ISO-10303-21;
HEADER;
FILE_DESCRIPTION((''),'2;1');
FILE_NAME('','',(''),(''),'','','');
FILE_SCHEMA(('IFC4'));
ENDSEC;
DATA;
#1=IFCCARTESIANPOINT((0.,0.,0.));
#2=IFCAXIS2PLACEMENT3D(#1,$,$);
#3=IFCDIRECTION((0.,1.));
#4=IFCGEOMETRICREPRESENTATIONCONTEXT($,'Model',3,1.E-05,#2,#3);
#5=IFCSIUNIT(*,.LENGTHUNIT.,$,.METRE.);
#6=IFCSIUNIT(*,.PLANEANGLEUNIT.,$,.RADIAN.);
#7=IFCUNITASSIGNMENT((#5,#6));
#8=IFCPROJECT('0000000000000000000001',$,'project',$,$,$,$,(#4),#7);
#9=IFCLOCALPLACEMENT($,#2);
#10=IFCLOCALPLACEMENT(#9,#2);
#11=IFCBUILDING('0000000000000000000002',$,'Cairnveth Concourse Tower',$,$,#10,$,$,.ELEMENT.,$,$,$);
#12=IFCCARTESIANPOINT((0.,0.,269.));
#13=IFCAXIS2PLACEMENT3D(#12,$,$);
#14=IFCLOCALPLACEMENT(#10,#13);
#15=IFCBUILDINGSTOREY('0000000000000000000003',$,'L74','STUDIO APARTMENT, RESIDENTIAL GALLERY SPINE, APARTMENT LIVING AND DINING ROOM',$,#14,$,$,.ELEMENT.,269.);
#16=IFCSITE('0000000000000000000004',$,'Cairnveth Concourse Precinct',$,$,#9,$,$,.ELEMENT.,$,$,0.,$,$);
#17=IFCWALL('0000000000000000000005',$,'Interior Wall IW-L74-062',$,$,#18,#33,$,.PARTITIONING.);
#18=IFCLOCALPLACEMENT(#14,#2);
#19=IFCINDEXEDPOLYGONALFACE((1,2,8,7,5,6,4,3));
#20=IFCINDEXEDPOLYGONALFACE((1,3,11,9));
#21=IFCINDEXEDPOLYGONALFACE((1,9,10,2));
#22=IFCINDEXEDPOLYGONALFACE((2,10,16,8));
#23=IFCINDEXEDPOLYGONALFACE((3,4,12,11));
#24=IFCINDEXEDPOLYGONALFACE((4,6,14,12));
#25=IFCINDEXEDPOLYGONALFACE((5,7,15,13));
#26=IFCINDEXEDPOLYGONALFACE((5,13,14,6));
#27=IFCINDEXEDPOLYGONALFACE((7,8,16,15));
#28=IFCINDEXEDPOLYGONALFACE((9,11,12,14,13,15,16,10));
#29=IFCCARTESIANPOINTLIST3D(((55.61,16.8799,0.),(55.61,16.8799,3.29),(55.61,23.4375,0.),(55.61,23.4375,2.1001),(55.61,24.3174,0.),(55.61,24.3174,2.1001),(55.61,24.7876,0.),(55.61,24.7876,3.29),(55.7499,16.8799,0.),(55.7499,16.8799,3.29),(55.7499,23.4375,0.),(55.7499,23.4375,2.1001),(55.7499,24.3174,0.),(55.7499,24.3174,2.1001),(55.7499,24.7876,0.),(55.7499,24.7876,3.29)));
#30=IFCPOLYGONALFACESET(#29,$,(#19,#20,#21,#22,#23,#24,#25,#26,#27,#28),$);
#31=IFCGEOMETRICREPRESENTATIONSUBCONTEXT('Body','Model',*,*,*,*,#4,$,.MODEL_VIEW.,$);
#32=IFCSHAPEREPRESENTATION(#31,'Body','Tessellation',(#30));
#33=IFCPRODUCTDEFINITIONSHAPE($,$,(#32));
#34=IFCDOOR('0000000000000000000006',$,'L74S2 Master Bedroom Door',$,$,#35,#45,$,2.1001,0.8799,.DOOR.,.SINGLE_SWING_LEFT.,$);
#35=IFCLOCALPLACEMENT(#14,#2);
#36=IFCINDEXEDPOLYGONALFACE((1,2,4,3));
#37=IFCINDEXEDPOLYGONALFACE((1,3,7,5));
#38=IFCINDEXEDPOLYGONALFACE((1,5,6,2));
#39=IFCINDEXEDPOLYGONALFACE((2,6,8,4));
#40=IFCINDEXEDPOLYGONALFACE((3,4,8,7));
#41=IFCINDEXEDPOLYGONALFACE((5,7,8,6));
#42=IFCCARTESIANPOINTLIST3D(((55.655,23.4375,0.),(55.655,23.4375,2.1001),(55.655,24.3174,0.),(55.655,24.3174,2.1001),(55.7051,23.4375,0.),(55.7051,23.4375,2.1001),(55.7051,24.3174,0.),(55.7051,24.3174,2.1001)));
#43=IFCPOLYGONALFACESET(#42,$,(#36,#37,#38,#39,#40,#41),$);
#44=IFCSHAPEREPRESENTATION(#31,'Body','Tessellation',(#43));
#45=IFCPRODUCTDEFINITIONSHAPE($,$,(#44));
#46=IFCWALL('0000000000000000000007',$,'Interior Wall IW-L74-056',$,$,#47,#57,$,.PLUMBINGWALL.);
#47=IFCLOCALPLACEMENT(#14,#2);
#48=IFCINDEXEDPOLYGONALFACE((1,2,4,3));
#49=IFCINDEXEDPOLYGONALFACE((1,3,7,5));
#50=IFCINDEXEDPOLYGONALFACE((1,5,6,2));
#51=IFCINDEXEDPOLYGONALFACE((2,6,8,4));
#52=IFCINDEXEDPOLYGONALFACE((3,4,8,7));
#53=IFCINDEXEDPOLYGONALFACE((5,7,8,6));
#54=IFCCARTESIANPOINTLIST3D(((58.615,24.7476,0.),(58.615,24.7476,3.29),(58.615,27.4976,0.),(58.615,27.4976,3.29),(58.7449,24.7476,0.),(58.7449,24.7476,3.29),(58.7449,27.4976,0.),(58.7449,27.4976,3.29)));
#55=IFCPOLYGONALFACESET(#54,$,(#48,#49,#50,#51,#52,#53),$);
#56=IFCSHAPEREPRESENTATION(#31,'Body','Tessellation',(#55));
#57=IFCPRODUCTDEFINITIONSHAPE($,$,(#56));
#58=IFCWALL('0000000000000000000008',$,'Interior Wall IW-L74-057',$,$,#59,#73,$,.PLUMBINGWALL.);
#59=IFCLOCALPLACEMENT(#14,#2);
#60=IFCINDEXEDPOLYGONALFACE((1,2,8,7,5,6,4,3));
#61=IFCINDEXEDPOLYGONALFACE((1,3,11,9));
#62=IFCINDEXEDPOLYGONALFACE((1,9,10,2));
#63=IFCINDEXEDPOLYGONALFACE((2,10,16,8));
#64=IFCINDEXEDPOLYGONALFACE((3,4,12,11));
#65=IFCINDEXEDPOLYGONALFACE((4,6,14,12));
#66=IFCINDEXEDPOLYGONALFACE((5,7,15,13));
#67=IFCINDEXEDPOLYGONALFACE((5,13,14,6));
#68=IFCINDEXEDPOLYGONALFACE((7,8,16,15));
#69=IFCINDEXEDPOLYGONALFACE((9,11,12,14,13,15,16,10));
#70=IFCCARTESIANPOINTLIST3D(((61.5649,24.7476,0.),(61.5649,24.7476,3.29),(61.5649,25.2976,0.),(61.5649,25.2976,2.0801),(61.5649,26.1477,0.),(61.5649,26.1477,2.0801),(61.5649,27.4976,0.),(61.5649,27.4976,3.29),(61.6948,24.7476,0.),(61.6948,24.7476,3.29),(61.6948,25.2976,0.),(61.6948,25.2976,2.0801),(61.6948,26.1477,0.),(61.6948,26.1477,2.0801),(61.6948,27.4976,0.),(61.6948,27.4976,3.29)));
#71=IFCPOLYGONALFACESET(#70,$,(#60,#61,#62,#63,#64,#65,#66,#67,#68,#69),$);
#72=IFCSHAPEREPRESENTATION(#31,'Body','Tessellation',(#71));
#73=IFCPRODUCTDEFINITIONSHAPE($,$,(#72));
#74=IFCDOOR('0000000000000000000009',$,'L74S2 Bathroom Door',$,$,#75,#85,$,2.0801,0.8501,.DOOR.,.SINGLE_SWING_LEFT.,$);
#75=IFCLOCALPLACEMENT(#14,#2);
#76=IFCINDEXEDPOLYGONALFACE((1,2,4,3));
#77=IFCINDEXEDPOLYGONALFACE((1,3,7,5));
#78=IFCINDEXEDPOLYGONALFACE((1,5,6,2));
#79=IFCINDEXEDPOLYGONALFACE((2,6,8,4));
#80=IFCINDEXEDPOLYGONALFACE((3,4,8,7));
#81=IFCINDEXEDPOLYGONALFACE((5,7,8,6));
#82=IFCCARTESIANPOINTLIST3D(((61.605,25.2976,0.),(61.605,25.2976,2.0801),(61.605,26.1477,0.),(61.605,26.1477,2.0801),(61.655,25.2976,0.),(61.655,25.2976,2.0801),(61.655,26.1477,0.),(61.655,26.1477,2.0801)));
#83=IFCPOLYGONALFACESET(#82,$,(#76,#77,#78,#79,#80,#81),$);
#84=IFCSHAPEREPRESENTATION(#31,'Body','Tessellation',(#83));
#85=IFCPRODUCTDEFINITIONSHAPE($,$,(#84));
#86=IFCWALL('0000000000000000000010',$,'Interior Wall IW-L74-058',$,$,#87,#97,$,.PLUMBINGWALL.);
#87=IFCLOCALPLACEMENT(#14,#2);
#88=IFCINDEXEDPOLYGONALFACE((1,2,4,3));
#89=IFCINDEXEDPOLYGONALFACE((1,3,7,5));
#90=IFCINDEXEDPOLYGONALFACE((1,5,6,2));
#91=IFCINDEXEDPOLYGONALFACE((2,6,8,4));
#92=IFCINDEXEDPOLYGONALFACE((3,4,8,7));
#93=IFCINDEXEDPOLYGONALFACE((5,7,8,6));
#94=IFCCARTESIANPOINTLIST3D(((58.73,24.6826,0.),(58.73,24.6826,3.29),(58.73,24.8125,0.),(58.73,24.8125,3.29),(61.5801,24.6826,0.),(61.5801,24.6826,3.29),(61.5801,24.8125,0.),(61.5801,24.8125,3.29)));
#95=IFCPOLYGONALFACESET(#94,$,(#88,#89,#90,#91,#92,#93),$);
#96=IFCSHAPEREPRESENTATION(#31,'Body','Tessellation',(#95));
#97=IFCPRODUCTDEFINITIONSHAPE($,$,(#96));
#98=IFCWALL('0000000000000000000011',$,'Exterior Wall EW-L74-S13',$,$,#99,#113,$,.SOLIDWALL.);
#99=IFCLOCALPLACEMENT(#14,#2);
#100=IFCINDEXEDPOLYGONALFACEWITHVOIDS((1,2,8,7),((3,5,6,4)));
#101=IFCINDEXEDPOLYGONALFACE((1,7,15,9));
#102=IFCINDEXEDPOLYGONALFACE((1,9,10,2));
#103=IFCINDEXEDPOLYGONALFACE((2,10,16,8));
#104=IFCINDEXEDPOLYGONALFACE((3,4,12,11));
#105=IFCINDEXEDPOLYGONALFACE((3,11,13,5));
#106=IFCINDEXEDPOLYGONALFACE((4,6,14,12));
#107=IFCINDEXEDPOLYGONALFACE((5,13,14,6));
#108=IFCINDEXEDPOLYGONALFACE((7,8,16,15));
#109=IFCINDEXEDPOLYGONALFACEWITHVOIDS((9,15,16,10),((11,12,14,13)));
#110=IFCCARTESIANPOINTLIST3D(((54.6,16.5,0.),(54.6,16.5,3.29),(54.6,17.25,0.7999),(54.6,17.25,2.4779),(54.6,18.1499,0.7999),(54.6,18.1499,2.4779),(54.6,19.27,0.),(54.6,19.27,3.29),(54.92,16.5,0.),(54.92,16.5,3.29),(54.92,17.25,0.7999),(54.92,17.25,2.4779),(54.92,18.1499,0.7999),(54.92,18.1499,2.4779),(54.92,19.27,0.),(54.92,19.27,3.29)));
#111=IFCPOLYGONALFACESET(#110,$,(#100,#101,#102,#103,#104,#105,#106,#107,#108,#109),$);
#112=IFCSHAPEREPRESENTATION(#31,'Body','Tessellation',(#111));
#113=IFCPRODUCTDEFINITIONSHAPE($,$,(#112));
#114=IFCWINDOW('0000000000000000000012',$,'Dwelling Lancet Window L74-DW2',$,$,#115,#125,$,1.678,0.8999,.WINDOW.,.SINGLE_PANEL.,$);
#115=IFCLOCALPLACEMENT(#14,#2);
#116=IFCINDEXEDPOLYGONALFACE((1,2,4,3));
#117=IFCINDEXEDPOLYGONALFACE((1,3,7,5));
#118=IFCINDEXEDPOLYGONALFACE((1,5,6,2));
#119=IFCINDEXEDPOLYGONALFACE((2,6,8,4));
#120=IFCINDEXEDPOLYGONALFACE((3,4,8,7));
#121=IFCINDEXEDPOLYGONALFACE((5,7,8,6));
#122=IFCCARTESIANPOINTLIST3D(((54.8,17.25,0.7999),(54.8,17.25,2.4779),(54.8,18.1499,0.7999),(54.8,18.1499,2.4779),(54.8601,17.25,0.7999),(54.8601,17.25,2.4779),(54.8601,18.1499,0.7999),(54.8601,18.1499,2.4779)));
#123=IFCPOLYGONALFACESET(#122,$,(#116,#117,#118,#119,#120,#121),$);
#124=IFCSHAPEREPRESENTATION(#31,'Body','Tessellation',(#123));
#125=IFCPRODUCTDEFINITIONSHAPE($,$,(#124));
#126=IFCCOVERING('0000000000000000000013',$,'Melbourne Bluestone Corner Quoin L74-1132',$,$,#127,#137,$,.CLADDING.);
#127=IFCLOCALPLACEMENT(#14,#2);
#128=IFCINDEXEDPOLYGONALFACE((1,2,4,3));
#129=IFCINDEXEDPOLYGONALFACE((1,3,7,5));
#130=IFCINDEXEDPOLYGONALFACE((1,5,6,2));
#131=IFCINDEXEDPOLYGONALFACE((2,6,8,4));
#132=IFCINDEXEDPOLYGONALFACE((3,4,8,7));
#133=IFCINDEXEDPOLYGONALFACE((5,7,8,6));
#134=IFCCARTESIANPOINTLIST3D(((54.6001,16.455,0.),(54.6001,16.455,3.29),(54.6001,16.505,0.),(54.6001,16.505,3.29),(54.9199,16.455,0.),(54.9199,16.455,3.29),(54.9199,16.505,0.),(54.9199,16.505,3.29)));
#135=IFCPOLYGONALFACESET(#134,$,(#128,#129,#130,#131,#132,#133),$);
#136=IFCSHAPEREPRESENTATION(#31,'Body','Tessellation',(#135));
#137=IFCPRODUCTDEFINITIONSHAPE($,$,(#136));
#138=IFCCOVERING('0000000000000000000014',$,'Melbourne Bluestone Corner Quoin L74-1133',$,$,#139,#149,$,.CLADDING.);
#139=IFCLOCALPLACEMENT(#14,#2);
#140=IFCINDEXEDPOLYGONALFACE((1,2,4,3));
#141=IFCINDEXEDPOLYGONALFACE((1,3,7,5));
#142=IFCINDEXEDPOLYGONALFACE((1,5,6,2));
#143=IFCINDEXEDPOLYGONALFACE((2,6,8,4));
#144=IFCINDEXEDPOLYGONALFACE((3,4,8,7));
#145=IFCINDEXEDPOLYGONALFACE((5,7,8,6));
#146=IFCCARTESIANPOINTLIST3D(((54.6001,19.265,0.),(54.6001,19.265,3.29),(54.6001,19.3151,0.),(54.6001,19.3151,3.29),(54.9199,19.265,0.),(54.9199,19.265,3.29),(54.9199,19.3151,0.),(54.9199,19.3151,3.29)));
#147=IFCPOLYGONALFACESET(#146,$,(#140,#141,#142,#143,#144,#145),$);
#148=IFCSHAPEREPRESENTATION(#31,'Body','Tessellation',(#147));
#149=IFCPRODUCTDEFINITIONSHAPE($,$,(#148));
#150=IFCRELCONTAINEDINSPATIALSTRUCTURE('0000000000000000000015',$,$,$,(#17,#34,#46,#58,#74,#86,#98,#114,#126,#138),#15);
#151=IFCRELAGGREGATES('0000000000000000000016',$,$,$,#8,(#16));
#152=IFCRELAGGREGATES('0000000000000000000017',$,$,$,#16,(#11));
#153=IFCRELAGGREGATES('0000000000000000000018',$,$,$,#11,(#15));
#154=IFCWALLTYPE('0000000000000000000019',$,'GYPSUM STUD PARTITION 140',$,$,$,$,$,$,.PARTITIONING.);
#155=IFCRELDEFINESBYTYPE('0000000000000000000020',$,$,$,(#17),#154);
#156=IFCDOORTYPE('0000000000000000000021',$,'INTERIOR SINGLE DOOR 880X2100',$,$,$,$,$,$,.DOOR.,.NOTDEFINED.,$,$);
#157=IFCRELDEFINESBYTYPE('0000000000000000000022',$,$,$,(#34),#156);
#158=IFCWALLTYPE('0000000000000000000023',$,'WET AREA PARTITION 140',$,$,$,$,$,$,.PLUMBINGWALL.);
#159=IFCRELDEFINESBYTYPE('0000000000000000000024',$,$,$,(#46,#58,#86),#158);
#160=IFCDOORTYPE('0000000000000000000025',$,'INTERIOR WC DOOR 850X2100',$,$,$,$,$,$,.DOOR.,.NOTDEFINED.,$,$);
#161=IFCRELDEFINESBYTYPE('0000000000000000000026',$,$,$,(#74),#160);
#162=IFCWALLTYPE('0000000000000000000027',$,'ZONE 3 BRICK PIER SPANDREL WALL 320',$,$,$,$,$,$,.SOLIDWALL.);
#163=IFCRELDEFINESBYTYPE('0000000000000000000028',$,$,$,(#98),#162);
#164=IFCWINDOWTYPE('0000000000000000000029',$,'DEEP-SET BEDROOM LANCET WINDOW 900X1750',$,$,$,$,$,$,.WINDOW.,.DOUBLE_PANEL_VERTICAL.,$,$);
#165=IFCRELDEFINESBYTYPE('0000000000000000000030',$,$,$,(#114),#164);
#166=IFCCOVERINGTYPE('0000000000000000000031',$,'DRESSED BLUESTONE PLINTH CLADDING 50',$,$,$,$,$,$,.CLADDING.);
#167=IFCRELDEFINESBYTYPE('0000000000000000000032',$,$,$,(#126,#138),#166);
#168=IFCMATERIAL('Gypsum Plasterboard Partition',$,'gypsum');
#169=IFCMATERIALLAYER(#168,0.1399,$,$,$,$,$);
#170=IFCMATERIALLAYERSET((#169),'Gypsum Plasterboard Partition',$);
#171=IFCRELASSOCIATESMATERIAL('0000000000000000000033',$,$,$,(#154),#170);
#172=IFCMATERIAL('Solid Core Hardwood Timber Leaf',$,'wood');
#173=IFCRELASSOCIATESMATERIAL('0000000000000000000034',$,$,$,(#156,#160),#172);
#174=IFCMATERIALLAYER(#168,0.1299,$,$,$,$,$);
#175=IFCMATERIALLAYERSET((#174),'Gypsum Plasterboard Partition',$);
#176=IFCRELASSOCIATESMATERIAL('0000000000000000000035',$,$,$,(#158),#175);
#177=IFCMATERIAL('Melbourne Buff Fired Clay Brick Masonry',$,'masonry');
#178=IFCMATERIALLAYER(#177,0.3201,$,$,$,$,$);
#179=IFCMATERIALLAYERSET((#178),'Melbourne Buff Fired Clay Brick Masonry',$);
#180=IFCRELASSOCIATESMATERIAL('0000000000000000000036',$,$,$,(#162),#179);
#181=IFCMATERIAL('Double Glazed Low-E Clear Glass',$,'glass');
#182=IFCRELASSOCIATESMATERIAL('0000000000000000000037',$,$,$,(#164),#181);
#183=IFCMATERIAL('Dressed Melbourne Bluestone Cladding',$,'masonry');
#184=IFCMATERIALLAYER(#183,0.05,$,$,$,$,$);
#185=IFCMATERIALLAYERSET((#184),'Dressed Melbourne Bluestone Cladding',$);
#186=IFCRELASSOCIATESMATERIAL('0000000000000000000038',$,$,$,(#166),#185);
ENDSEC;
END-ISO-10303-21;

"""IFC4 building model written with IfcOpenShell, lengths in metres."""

from ifc_helpers import new_model, si_unit, direction, frame, frame_2d, origin, place, context, subcontext, project, spatial, rectangle, extrude, material, layer, layer_set, type_object, element, fill, save


model = new_model("IFC4")

# Units and contexts
model_context = context("Model", 3, precision=1e-05, world=origin(), true_north=direction((0.0, 1.0)))
body_context = subcontext(model_context, "Body", "Model", "MODEL_VIEW")
ifc_project = project(units=[si_unit("LENGTHUNIT", "METRE"), si_unit("PLANEANGLEUNIT", "RADIAN")], contexts=[model_context])

# Site, building, storey
site_placement = place(None, origin())
site = spatial("IfcSite", under=ifc_project, at=site_placement, Name="Cairnveth Concourse Precinct", CompositionType="ELEMENT", RefElevation=0.0)
building_placement = place(site_placement, origin())
building = spatial("IfcBuilding", under=site, at=building_placement, Name="Cairnveth Concourse Tower", CompositionType="ELEMENT")
storey_placement = place(building_placement, frame((0.0, 0.0, 269.0)))
storey = spatial("IfcBuildingStorey", under=building, at=storey_placement, Name="L74", Description="STUDIO APARTMENT, RESIDENTIAL GALLERY SPINE, APARTMENT LIVING AND DINING ROOM", CompositionType="ELEMENT", Elevation=269.0)

# Shared definitions
ifc_material_1 = material(Name="Gypsum Plasterboard Partition", Category="gypsum")
ifc_material_2 = material(Name="Solid Core Hardwood Timber Leaf", Category="wood")

# Wall, opening, door
ifc_layer_1 = layer(ifc_material_1, 0.1399)
ifc_layer_set_1 = layer_set([ifc_layer_1], Name="Gypsum Plasterboard Partition")
wall_type_1 = type_object("IfcWallType", Name="GYPSUM STUD PARTITION 140", PredefinedType="PARTITIONING", material=ifc_layer_set_1)
wall_1_placement = place(storey_placement, frame((55.6799, 16.8799, 0.0), z_axis=(0.0, 0.0, 1.0), x_axis=(0.0, 1.0, 0.0)))
wall_1 = element("IfcWall", 1, at=wall_1_placement, inside=storey, type_object=wall_type_1, Name="Interior Wall IW-L74-062", PredefinedType="PARTITIONING", context=body_context, shape_type="SweptSolid", body=[
    extrude(rectangle(XDim=7.9077, YDim=0.1399, at=frame_2d((3.9539, 0.0))), origin(), (0.0, 0.0, 1.0), 3.29),
])
opening_1_placement = place(wall_1_placement, frame((6.5576, 0.0, 0.0)))
opening_1 = element("IfcOpeningElement", 2, at=opening_1_placement, cuts=wall_1, PredefinedType="OPENING", context=body_context, shape_type="SweptSolid", body=[
    extrude(rectangle(XDim=0.8799, YDim=2.1001, at=frame_2d((0.4399, 1.05))), frame((0.0, 0.0798, 0.0), z_axis=(0.0, -1.0, 0.0), x_axis=(1.0, 0.0, 0.0)), (0.0, 0.0, 1.0), 0.1599),
])
door_type_1 = type_object("IfcDoorType", Name="INTERIOR SINGLE DOOR 880X2100", OperationType="NOTDEFINED", PredefinedType="DOOR", material=ifc_material_2)
door_1_placement = place(opening_1_placement, origin())
door_1 = element("IfcDoor", 3, at=door_1_placement, inside=storey, type_object=door_type_1, Name="L74S2 Master Bedroom Door", OperationType="SINGLE_SWING_LEFT", OverallHeight=2.1001, OverallWidth=0.8799, PredefinedType="DOOR", context=body_context, shape_type="SweptSolid", body=[
    extrude(rectangle(XDim=0.8799, YDim=2.1001, at=frame_2d((0.4399, 1.05))), frame((0.0, 0.0249, 0.0), z_axis=(0.0, -1.0, 0.0), x_axis=(1.0, 0.0, 0.0)), (0.0, 0.0, 1.0), 0.05),
])
fill(opening_1, door_1)

# Wall
ifc_layer_2 = layer(ifc_material_1, 0.1299)
ifc_layer_set_2 = layer_set([ifc_layer_2], Name="Gypsum Plasterboard Partition")
wall_type_2 = type_object("IfcWallType", Name="WET AREA PARTITION 140", PredefinedType="PLUMBINGWALL", material=ifc_layer_set_2)
wall_2_placement = place(storey_placement, frame((58.6799, 24.7476, 0.0), z_axis=(0.0, 0.0, 1.0), x_axis=(0.0, 1.0, 0.0)))
element("IfcWall", 4, at=wall_2_placement, inside=storey, type_object=wall_type_2, Name="Interior Wall IW-L74-056", PredefinedType="PLUMBINGWALL", context=body_context, shape_type="SweptSolid", body=[
    extrude(rectangle(XDim=2.75, YDim=0.1299, at=frame_2d((1.375, 0.0))), origin(), (0.0, 0.0, 1.0), 3.29),
])

# Wall, opening, door
wall_3_placement = place(storey_placement, frame((61.6299, 24.7476, 0.0), z_axis=(0.0, 0.0, 1.0), x_axis=(0.0, 1.0, 0.0)))
wall_3 = element("IfcWall", 5, at=wall_3_placement, inside=storey, type_object=wall_type_2, Name="Interior Wall IW-L74-057", PredefinedType="PLUMBINGWALL", context=body_context, shape_type="SweptSolid", body=[
    extrude(rectangle(XDim=2.75, YDim=0.1299, at=frame_2d((1.375, 0.0))), origin(), (0.0, 0.0, 1.0), 3.29),
])
opening_2_placement = place(wall_3_placement, frame((0.55, 0.0, 0.0)))
opening_2 = element("IfcOpeningElement", 6, at=opening_2_placement, cuts=wall_3, PredefinedType="OPENING", context=body_context, shape_type="SweptSolid", body=[
    extrude(rectangle(XDim=0.8501, YDim=2.0801, at=frame_2d((0.425, 1.04))), frame((0.0, 0.075, 0.0), z_axis=(0.0, -1.0, 0.0), x_axis=(1.0, 0.0, 0.0)), (0.0, 0.0, 1.0), 0.1499),
])
door_type_2 = type_object("IfcDoorType", Name="INTERIOR WC DOOR 850X2100", OperationType="NOTDEFINED", PredefinedType="DOOR", material=ifc_material_2)
door_2_placement = place(opening_2_placement, origin())
door_2 = element("IfcDoor", 7, at=door_2_placement, inside=storey, type_object=door_type_2, Name="L74S2 Bathroom Door", OperationType="SINGLE_SWING_LEFT", OverallHeight=2.0801, OverallWidth=0.8501, PredefinedType="DOOR", context=body_context, shape_type="SweptSolid", body=[
    extrude(rectangle(XDim=0.8501, YDim=2.0801, at=frame_2d((0.425, 1.04))), frame((0.0, 0.0249, 0.0), z_axis=(0.0, -1.0, 0.0), x_axis=(1.0, 0.0, 0.0)), (0.0, 0.0, 1.0), 0.05),
])
fill(opening_2, door_2)

# Wall
wall_4_placement = place(storey_placement, frame((58.73, 24.7476, 0.0), z_axis=(0.0, 0.0, 1.0), x_axis=(1.0, 0.0, 0.0)))
element("IfcWall", 8, at=wall_4_placement, inside=storey, type_object=wall_type_2, Name="Interior Wall IW-L74-058", PredefinedType="PLUMBINGWALL", context=body_context, shape_type="SweptSolid", body=[
    extrude(rectangle(XDim=2.8501, YDim=0.1299, at=frame_2d((1.425, 0.0))), origin(), (0.0, 0.0, 1.0), 3.29),
])

# Wall, opening, window
ifc_material_3 = material(Name="Melbourne Buff Fired Clay Brick Masonry", Category="masonry")
ifc_layer_3 = layer(ifc_material_3, 0.3201)
ifc_layer_set_3 = layer_set([ifc_layer_3], Name="Melbourne Buff Fired Clay Brick Masonry")
wall_type_3 = type_object("IfcWallType", Name="ZONE 3 BRICK PIER SPANDREL WALL 320", PredefinedType="SOLIDWALL", material=ifc_layer_set_3)
wall_5_placement = place(storey_placement, frame((54.76, 16.5, 0.0), z_axis=(0.0, 0.0, 1.0), x_axis=(0.0, 1.0, 0.0)))
wall_5 = element("IfcWall", 9, at=wall_5_placement, inside=storey, type_object=wall_type_3, Name="Exterior Wall EW-L74-S13", PredefinedType="SOLIDWALL", context=body_context, shape_type="SweptSolid", body=[
    extrude(rectangle(XDim=2.77, YDim=0.3201, at=frame_2d((1.385, 0.0))), origin(), (0.0, 0.0, 1.0), 3.29),
])
opening_3_placement = place(wall_5_placement, frame((0.75, 0.0, 0.8)))
opening_3 = element("IfcOpeningElement", 10, at=opening_3_placement, cuts=wall_5, PredefinedType="OPENING", context=body_context, shape_type="SweptSolid", body=[
    extrude(rectangle(XDim=0.8999, YDim=1.678, at=frame_2d((0.45, 0.8389))), frame((0.0, 0.1699, 0.0), z_axis=(0.0, -1.0, 0.0), x_axis=(1.0, 0.0, 0.0)), (0.0, 0.0, 1.0), 0.3401),
])
ifc_material_4 = material(Name="Double Glazed Low-E Clear Glass", Category="glass")
window_type = type_object("IfcWindowType", Name="DEEP-SET BEDROOM LANCET WINDOW 900X1750", PartitioningType="DOUBLE_PANEL_VERTICAL", PredefinedType="WINDOW", material=ifc_material_4)
window_placement = place(opening_3_placement, origin())
window = element("IfcWindow", 11, at=window_placement, inside=storey, type_object=window_type, Name="Dwelling Lancet Window L74-DW2", OverallHeight=1.678, OverallWidth=0.8999, PartitioningType="SINGLE_PANEL", PredefinedType="WINDOW", context=body_context, shape_type="SweptSolid", body=[
    extrude(rectangle(XDim=0.8999, YDim=1.678, at=frame_2d((0.45, 0.8389))), frame((0.0, -0.04, 0.0), z_axis=(0.0, -1.0, 0.0), x_axis=(1.0, 0.0, 0.0)), (0.0, 0.0, 1.0), 0.0601),
])
fill(opening_3, window)

# Coverings
ifc_material_5 = material(Name="Dressed Melbourne Bluestone Cladding", Category="masonry")
ifc_layer_4 = layer(ifc_material_5, 0.05)
ifc_layer_set_4 = layer_set([ifc_layer_4], Name="Dressed Melbourne Bluestone Cladding")
covering_type = type_object("IfcCoveringType", Name="DRESSED BLUESTONE PLINTH CLADDING 50", PredefinedType="CLADDING", material=ifc_layer_set_4)
for number, where, z_axis, x_axis, name in (
    (12, (54.9199, 16.48, 0.0), (0.0, 0.0, 1.0), (-1.0, 0.0, 0.0), "Melbourne Bluestone Corner Quoin L74-1132"),
    (13, (54.9199, 19.29, 0.0), (0.0, 0.0, 1.0), (-1.0, 0.0, 0.0), "Melbourne Bluestone Corner Quoin L74-1133"),
):
    element("IfcCovering", number, at=place(storey_placement, frame(where, z_axis=z_axis, x_axis=x_axis)), inside=storey, type_object=covering_type, Name=name, PredefinedType="CLADDING", context=body_context, shape_type="SweptSolid", body=[
        extrude(rectangle(XDim=0.3198, YDim=0.05, at=frame_2d((0.1599, 0.0))), origin(), (0.0, 0.0, 1.0), 3.29),
    ])

save(model, "model.ifc")
